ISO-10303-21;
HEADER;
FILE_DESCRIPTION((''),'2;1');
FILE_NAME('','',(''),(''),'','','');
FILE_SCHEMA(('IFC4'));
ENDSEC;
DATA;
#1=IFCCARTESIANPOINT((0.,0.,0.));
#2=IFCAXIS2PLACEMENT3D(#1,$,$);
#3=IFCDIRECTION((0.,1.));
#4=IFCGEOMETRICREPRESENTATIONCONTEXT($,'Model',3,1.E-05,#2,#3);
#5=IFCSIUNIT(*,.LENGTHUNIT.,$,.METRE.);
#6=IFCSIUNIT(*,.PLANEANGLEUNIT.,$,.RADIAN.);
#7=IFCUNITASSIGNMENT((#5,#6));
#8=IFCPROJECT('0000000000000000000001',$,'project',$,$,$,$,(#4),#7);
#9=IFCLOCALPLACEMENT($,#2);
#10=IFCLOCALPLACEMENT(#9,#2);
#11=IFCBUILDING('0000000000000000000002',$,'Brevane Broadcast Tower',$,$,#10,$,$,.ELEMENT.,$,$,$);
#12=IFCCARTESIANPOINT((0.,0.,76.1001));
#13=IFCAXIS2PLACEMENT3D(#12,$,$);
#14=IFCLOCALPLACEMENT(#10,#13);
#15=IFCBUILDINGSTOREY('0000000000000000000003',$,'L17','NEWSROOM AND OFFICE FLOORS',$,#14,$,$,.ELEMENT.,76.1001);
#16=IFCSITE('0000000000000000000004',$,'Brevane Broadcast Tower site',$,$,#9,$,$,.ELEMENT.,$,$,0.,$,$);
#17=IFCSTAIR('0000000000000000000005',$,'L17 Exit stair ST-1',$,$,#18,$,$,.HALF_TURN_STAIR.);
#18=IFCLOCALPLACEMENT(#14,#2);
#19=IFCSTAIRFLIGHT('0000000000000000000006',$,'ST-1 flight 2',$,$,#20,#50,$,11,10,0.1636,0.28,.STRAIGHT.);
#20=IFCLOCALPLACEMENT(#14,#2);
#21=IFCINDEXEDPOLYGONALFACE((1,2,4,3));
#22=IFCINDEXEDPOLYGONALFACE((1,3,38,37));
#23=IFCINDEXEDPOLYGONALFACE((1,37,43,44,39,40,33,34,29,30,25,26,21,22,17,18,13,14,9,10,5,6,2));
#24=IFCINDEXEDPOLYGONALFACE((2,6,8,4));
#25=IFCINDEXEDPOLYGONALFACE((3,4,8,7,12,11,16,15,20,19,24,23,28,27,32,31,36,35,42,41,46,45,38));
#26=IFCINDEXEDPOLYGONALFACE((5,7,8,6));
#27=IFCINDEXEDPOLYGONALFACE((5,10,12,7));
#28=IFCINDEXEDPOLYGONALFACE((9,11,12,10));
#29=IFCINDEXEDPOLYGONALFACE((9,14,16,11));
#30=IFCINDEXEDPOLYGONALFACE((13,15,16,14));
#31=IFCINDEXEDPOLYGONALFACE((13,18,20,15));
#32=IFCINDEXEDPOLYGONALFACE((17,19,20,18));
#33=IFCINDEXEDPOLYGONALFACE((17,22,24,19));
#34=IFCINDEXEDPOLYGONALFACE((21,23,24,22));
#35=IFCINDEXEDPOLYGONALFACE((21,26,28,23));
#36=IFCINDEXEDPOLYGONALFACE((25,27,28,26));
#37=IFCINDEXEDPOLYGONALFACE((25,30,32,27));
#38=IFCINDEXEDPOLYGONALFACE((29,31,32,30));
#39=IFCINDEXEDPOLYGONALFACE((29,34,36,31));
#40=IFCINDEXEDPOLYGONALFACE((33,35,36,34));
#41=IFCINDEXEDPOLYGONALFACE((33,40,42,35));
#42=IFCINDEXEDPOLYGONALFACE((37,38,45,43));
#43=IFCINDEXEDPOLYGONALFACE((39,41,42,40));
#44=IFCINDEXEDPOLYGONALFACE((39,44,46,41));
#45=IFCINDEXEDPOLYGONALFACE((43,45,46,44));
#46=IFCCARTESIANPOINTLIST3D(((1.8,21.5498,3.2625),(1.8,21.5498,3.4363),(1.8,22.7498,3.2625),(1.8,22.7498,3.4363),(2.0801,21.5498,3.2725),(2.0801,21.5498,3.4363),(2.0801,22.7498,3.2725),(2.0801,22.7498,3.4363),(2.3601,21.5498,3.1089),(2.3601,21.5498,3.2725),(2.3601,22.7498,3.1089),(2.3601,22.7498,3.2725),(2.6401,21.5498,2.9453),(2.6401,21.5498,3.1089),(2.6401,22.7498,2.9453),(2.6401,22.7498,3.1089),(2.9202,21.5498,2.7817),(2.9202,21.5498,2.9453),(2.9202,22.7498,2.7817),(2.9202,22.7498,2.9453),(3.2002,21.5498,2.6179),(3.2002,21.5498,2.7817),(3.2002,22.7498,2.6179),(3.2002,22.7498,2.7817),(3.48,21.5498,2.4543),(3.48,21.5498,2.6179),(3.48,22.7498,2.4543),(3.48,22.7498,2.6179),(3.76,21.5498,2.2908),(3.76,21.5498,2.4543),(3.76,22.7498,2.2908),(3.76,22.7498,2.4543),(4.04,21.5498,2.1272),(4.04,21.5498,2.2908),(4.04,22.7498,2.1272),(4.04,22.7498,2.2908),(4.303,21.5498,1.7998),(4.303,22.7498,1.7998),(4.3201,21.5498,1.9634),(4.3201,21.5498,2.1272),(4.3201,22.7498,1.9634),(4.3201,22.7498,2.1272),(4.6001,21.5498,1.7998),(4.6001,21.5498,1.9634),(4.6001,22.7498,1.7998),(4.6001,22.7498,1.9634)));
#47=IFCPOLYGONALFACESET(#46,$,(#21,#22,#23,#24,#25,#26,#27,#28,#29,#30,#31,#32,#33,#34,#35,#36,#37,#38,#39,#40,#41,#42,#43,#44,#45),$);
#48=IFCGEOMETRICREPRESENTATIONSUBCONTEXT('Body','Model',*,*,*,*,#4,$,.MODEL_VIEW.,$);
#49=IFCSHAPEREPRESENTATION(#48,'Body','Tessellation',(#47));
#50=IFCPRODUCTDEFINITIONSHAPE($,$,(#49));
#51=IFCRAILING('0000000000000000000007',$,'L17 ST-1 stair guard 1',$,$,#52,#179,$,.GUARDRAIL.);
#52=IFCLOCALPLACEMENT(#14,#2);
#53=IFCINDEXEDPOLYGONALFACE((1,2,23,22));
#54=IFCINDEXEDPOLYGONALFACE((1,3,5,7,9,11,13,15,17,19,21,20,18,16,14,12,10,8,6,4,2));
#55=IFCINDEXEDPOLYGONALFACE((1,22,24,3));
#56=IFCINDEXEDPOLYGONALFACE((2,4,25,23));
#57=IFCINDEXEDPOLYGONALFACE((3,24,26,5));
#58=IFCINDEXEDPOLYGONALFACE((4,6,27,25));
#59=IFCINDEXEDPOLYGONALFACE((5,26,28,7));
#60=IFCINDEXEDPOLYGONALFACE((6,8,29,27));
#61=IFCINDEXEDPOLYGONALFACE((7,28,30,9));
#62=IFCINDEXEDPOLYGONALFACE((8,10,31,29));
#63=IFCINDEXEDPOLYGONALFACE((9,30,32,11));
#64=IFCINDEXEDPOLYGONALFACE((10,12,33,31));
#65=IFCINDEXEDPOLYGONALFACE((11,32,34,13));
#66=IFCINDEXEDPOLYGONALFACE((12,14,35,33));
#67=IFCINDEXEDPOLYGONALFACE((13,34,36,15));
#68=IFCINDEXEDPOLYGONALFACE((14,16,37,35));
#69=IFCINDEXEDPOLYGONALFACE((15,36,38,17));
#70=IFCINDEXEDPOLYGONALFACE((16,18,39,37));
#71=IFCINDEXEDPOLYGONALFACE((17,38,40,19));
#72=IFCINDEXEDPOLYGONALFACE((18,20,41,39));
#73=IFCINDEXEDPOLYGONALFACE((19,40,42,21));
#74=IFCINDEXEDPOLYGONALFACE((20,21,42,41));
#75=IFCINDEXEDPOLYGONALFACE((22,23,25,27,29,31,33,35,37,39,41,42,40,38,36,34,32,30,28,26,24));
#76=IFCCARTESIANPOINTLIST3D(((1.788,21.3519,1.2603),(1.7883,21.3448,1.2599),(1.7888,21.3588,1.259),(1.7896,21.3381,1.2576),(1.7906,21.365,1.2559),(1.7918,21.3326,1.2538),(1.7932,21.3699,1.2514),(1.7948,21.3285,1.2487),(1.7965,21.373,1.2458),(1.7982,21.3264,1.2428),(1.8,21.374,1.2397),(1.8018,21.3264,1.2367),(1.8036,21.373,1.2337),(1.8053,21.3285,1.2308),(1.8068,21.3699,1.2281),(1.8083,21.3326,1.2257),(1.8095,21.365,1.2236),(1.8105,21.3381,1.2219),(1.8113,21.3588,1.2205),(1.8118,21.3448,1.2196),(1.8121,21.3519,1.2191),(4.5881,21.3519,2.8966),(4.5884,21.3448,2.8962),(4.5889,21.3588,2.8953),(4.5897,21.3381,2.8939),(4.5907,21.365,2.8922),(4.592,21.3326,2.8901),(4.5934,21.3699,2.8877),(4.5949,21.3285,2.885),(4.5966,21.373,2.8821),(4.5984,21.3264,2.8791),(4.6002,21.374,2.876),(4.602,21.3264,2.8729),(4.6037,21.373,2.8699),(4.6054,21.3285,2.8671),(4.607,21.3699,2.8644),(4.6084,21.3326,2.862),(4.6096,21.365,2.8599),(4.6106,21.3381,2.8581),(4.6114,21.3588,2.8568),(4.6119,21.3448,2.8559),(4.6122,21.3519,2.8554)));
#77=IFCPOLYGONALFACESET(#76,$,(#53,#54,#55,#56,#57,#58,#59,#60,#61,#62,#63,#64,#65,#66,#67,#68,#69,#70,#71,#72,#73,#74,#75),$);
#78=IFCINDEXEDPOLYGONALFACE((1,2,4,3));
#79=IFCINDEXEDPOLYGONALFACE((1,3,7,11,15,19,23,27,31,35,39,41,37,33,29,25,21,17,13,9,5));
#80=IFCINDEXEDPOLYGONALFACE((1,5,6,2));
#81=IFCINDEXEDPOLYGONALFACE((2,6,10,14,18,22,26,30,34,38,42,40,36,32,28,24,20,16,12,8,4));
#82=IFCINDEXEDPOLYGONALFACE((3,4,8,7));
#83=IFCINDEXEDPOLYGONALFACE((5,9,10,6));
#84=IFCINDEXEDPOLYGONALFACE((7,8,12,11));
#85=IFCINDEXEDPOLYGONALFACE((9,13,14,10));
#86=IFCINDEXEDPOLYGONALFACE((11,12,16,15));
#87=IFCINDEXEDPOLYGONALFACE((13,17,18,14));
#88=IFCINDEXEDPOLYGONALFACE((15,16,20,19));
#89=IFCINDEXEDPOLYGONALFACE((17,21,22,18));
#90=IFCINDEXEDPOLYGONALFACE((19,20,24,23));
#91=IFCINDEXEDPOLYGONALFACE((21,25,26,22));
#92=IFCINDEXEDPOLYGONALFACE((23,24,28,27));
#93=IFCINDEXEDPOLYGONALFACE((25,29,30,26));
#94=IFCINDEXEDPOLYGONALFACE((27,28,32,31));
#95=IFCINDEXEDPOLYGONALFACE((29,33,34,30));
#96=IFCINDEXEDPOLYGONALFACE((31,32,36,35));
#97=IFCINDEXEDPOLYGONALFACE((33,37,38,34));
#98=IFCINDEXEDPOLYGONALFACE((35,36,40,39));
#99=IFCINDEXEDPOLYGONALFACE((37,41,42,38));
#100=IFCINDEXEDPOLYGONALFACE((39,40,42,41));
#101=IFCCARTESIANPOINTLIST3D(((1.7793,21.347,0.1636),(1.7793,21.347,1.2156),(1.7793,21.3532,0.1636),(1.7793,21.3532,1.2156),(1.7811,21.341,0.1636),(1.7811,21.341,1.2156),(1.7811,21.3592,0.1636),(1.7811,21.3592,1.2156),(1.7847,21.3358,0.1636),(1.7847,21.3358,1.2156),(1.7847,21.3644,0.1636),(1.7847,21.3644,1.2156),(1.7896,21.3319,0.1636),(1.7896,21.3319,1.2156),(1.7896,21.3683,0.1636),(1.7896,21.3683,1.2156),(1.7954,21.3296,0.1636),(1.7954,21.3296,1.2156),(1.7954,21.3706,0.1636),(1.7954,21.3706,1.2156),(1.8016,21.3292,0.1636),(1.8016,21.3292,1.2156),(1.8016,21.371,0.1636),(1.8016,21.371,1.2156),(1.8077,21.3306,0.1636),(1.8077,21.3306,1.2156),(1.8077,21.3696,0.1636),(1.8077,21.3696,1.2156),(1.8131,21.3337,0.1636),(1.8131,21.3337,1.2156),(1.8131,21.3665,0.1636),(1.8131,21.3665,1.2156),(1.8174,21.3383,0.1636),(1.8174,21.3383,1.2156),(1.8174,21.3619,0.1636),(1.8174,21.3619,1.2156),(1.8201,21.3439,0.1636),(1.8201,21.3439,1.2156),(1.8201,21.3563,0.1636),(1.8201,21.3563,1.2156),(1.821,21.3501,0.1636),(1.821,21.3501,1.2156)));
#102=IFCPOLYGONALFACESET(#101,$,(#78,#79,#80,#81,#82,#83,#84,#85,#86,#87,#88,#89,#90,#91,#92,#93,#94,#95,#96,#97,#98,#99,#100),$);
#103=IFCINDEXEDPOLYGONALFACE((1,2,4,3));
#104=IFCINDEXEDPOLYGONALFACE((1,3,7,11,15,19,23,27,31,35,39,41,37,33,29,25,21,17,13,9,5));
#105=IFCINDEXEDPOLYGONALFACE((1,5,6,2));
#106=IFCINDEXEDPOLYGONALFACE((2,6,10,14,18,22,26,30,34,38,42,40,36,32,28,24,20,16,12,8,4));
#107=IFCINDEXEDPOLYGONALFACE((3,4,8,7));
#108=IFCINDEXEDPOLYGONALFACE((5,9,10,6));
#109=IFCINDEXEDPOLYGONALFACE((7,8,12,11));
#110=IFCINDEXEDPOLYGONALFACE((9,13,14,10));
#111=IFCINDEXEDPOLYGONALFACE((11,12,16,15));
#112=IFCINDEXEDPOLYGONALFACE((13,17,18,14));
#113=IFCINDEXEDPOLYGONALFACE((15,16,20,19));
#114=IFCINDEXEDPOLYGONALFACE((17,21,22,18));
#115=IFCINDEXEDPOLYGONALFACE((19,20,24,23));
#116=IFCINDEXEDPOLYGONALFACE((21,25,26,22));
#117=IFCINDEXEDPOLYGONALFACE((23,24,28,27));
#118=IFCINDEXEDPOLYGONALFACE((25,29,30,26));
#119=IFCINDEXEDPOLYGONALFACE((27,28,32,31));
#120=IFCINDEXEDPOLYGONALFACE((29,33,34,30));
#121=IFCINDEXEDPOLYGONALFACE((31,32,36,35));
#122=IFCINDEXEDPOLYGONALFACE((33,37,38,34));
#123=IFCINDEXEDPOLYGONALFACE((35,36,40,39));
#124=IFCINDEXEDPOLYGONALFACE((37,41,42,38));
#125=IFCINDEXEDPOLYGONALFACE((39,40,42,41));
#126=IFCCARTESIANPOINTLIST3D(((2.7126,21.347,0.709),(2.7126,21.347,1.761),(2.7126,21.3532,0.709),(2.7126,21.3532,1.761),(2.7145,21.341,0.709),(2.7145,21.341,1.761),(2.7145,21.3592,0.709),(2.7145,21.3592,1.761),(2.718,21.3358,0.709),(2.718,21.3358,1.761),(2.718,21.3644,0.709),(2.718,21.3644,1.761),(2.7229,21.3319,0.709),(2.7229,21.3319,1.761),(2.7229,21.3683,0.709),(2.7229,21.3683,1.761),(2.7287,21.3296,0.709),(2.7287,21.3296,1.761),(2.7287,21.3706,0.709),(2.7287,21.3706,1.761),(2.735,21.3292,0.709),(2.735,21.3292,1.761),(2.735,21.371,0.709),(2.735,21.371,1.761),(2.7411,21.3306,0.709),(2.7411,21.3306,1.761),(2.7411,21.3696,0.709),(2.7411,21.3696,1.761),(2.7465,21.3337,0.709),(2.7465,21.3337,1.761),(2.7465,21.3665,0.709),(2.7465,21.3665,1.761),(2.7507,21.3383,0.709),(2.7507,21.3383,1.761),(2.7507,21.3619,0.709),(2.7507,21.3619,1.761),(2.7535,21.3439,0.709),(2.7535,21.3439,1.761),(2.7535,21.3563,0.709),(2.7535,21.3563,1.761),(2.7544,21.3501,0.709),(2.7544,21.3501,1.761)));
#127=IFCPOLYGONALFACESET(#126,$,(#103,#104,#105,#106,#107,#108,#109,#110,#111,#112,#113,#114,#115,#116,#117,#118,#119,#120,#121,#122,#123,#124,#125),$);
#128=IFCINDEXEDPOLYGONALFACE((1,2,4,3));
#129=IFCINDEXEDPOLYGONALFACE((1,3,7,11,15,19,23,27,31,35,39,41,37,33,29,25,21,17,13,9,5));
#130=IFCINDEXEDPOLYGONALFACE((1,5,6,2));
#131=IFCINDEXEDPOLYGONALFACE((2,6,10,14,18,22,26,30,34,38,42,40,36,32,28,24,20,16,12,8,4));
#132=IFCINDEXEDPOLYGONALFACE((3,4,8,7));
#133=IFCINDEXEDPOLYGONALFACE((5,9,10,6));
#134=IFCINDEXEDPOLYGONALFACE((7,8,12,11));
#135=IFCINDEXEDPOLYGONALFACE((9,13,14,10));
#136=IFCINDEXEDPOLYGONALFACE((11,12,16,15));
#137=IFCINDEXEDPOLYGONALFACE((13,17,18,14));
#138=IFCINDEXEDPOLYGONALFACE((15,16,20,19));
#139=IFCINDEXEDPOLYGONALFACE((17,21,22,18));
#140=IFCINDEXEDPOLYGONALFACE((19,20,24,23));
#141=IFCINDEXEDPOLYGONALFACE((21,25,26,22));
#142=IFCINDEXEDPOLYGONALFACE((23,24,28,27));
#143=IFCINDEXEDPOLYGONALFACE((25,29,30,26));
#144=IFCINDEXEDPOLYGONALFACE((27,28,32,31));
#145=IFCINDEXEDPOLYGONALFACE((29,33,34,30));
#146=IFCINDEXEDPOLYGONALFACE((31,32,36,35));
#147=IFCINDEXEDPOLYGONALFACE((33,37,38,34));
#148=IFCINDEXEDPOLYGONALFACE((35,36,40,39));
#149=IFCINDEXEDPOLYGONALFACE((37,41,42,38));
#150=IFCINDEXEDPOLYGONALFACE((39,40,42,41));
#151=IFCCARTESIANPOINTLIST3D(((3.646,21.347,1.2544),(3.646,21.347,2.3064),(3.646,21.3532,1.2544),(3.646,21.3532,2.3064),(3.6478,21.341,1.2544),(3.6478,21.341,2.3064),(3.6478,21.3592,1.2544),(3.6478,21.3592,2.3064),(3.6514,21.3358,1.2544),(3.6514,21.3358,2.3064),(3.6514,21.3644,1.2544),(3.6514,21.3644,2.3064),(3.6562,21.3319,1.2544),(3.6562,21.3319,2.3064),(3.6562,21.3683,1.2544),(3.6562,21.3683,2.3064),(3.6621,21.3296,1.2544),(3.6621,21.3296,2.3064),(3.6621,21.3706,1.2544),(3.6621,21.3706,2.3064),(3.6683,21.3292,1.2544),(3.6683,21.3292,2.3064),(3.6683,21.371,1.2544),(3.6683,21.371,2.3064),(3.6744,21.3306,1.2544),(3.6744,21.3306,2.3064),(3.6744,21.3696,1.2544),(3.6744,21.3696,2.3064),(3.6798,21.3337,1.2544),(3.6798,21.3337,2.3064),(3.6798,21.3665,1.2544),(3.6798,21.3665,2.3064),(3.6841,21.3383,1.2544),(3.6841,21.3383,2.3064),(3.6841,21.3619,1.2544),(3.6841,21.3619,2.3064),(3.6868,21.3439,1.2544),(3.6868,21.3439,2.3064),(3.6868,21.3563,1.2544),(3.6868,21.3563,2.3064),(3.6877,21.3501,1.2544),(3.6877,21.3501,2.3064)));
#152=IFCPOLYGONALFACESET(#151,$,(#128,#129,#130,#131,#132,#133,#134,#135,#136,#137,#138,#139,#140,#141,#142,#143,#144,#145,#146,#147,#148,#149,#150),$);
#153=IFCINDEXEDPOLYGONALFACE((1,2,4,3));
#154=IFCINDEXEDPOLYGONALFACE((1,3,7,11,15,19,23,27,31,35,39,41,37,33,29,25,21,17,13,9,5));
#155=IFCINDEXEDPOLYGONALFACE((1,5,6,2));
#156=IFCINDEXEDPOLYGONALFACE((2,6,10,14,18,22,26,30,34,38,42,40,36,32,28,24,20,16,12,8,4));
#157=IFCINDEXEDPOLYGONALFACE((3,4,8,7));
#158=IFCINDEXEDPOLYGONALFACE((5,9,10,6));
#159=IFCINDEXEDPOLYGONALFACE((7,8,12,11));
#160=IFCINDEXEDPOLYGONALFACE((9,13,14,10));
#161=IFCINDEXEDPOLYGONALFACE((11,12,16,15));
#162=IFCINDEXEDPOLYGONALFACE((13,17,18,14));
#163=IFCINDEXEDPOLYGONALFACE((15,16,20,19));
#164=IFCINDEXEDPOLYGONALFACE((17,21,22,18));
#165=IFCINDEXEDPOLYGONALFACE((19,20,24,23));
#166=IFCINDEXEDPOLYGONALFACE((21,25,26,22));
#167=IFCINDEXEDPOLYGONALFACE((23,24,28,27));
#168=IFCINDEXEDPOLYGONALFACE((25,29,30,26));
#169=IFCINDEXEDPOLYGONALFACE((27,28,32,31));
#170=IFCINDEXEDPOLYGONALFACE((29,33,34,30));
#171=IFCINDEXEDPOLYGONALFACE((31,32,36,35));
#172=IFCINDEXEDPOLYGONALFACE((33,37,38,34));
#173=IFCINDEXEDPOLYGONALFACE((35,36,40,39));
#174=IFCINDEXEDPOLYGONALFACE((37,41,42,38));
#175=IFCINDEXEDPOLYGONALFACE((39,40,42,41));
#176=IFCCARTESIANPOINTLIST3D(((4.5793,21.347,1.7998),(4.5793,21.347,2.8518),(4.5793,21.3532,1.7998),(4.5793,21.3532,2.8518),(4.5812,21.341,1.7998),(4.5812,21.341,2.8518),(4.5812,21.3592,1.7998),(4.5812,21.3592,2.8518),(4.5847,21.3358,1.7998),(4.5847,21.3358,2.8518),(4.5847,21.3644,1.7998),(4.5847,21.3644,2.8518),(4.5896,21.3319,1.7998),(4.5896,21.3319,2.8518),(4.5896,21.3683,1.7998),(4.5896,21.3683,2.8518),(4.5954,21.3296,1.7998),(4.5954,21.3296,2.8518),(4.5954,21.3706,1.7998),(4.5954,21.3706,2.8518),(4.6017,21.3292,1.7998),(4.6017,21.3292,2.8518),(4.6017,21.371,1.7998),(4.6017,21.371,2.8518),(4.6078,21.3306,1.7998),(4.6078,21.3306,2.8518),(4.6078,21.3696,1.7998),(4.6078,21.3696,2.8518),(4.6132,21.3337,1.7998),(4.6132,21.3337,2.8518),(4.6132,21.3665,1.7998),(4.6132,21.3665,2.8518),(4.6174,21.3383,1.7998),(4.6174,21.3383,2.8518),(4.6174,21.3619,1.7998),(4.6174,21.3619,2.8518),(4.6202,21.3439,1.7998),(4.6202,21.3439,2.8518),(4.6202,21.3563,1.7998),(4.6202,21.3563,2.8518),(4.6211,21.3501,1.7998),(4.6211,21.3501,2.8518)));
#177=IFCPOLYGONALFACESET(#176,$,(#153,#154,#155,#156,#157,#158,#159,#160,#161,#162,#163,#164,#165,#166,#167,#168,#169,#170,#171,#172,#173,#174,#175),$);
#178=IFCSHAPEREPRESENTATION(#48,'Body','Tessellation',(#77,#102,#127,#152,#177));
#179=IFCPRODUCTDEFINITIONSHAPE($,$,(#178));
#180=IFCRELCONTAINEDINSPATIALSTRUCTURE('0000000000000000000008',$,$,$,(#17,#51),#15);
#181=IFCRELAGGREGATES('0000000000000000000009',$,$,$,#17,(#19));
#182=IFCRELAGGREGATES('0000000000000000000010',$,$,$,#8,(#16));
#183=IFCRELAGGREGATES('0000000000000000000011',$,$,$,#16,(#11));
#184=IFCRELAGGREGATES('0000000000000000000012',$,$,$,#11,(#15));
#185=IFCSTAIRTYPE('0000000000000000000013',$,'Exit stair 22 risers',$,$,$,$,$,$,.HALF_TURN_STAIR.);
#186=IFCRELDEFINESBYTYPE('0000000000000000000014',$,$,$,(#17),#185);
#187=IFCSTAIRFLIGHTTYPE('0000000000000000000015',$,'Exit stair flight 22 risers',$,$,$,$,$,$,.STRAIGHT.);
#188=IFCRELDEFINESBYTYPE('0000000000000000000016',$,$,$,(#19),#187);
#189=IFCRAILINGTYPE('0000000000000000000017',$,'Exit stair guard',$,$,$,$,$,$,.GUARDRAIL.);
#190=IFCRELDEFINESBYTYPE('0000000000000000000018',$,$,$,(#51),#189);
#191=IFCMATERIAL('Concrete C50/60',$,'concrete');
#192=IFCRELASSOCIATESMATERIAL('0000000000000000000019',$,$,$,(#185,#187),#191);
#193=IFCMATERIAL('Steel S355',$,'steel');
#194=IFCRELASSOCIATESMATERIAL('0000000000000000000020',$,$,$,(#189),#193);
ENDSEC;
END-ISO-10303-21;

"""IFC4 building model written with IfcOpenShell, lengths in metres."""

from ifc_helpers import new_model, si_unit, direction, frame, origin, origin_2d, place, context, subcontext, project, spatial, polyline, circle, outline, extrude, material, type_object, element, aggregate, save


model = new_model("IFC4")

# Units and contexts
model_context = context("Model", 3, precision=1e-05, world=origin(), true_north=direction((0.0, 1.0)))
body_context = subcontext(model_context, "Body", "Model", "MODEL_VIEW")
ifc_project = project(units=[si_unit("LENGTHUNIT", "METRE"), si_unit("PLANEANGLEUNIT", "RADIAN")], contexts=[model_context])

# Site, building, storey
site_placement = place(None, origin())
site = spatial("IfcSite", under=ifc_project, at=site_placement, Name="Brevane Broadcast Tower site", CompositionType="ELEMENT", RefElevation=0.0)
building_placement = place(site_placement, origin())
building = spatial("IfcBuilding", under=site, at=building_placement, Name="Brevane Broadcast Tower", CompositionType="ELEMENT")
storey_placement = place(building_placement, frame((0.0, 0.0, 76.1001)))
storey = spatial("IfcBuildingStorey", under=building, at=storey_placement, Name="L17", Description="NEWSROOM AND OFFICE FLOORS", CompositionType="ELEMENT", Elevation=76.1001)

# Stair, stair flight
ifc_material_1 = material(Name="Concrete C50/60", Category="concrete")
stair_type = type_object("IfcStairType", Name="Exit stair 22 risers", PredefinedType="HALF_TURN_STAIR", material=ifc_material_1)
stair_placement = place(storey_placement, origin())
stair = element("IfcStair", 1, at=stair_placement, inside=storey, type_object=stair_type, Name="L17 Exit stair ST-1", PredefinedType="HALF_TURN_STAIR")
stair_flight_type = type_object("IfcStairFlightType", Name="Exit stair flight 22 risers", PredefinedType="STRAIGHT", material=ifc_material_1)
stair_flight_1_placement = place(storey_placement, frame((4.6001, 22.1499, 1.7998), z_axis=(0.0, 0.0, 1.0), x_axis=(-1.0, 0.0, 0.0)))
stair_flight_1 = element("IfcStairFlight", 2, at=stair_flight_1_placement, type_object=stair_flight_type, Name="ST-1 flight 2", NumberOfRisers=11, NumberOfTreads=10, PredefinedType="STRAIGHT", RiserHeight=0.1636, TreadLength=0.28, context=body_context, shape_type="SweptSolid", body=[
    extrude(outline(polyline([(0.0, 0.0), (0.0, 0.1636), (0.28, 0.1636), (0.28, 0.3274), (0.5601, 0.3274), (0.5601, 0.491), (0.8401, 0.491), (0.8401, 0.6545), (1.1201, 0.6545), (1.1201, 0.8181), (1.3999, 0.8181), (1.3999, 0.9819), (1.6799, 0.9819), (1.6799, 1.1455), (1.96, 1.1455), (1.96, 1.3091), (2.24, 1.3091), (2.24, 1.4727), (2.52, 1.4727), (2.52, 1.6365), (2.8, 1.6365), (2.8, 1.8), (2.8, 1.4626), (0.2971, 0.0), (0.0, 0.0)])), frame((0.0, 0.6001, 0.0), z_axis=(0.0, -1.0, 0.0), x_axis=(1.0, 0.0, 0.0)), (0.0, 0.0, 1.0), 1.2),
])
aggregate(stair, [stair_flight_1])

# Railing
ifc_material_2 = material(Name="Steel S355", Category="steel")
railing_type_1 = type_object("IfcRailingType", Name="Exit stair guard", PredefinedType="GUARDRAIL", material=ifc_material_2)
railing_1_placement = place(storey_placement, frame((1.8, 21.3501, 0.1636)))
element("IfcRailing", 3, at=railing_1_placement, inside=storey, type_object=railing_type_1, Name="L17 ST-1 stair guard 1", PredefinedType="GUARDRAIL", context=body_context, shape_type="SweptSolid", body=[
    extrude(circle(Radius=0.0239, at=origin_2d()), frame((0.0, 0.0, 1.0762), z_axis=(0.863394, 0.0, 0.504531), x_axis=(0.0, 1.0, 0.0)), (0.0, 0.0, 1.0), 3.2432),
    extrude(circle(Radius=0.021, at=origin_2d()), origin(), (0.0, 0.0, 1.0), 1.052),
    extrude(circle(Radius=0.021, at=origin_2d()), frame((0.9333, 0.0, 0.5454)), (0.0, 0.0, 1.0), 1.052),
    extrude(circle(Radius=0.021, at=origin_2d()), frame((1.8667, 0.0, 1.0908)), (0.0, 0.0, 1.0), 1.052),
    extrude(circle(Radius=0.021, at=origin_2d()), frame((2.8, 0.0, 1.6362)), (0.0, 0.0, 1.0), 1.052),
])

save(model, "model.ifc")
